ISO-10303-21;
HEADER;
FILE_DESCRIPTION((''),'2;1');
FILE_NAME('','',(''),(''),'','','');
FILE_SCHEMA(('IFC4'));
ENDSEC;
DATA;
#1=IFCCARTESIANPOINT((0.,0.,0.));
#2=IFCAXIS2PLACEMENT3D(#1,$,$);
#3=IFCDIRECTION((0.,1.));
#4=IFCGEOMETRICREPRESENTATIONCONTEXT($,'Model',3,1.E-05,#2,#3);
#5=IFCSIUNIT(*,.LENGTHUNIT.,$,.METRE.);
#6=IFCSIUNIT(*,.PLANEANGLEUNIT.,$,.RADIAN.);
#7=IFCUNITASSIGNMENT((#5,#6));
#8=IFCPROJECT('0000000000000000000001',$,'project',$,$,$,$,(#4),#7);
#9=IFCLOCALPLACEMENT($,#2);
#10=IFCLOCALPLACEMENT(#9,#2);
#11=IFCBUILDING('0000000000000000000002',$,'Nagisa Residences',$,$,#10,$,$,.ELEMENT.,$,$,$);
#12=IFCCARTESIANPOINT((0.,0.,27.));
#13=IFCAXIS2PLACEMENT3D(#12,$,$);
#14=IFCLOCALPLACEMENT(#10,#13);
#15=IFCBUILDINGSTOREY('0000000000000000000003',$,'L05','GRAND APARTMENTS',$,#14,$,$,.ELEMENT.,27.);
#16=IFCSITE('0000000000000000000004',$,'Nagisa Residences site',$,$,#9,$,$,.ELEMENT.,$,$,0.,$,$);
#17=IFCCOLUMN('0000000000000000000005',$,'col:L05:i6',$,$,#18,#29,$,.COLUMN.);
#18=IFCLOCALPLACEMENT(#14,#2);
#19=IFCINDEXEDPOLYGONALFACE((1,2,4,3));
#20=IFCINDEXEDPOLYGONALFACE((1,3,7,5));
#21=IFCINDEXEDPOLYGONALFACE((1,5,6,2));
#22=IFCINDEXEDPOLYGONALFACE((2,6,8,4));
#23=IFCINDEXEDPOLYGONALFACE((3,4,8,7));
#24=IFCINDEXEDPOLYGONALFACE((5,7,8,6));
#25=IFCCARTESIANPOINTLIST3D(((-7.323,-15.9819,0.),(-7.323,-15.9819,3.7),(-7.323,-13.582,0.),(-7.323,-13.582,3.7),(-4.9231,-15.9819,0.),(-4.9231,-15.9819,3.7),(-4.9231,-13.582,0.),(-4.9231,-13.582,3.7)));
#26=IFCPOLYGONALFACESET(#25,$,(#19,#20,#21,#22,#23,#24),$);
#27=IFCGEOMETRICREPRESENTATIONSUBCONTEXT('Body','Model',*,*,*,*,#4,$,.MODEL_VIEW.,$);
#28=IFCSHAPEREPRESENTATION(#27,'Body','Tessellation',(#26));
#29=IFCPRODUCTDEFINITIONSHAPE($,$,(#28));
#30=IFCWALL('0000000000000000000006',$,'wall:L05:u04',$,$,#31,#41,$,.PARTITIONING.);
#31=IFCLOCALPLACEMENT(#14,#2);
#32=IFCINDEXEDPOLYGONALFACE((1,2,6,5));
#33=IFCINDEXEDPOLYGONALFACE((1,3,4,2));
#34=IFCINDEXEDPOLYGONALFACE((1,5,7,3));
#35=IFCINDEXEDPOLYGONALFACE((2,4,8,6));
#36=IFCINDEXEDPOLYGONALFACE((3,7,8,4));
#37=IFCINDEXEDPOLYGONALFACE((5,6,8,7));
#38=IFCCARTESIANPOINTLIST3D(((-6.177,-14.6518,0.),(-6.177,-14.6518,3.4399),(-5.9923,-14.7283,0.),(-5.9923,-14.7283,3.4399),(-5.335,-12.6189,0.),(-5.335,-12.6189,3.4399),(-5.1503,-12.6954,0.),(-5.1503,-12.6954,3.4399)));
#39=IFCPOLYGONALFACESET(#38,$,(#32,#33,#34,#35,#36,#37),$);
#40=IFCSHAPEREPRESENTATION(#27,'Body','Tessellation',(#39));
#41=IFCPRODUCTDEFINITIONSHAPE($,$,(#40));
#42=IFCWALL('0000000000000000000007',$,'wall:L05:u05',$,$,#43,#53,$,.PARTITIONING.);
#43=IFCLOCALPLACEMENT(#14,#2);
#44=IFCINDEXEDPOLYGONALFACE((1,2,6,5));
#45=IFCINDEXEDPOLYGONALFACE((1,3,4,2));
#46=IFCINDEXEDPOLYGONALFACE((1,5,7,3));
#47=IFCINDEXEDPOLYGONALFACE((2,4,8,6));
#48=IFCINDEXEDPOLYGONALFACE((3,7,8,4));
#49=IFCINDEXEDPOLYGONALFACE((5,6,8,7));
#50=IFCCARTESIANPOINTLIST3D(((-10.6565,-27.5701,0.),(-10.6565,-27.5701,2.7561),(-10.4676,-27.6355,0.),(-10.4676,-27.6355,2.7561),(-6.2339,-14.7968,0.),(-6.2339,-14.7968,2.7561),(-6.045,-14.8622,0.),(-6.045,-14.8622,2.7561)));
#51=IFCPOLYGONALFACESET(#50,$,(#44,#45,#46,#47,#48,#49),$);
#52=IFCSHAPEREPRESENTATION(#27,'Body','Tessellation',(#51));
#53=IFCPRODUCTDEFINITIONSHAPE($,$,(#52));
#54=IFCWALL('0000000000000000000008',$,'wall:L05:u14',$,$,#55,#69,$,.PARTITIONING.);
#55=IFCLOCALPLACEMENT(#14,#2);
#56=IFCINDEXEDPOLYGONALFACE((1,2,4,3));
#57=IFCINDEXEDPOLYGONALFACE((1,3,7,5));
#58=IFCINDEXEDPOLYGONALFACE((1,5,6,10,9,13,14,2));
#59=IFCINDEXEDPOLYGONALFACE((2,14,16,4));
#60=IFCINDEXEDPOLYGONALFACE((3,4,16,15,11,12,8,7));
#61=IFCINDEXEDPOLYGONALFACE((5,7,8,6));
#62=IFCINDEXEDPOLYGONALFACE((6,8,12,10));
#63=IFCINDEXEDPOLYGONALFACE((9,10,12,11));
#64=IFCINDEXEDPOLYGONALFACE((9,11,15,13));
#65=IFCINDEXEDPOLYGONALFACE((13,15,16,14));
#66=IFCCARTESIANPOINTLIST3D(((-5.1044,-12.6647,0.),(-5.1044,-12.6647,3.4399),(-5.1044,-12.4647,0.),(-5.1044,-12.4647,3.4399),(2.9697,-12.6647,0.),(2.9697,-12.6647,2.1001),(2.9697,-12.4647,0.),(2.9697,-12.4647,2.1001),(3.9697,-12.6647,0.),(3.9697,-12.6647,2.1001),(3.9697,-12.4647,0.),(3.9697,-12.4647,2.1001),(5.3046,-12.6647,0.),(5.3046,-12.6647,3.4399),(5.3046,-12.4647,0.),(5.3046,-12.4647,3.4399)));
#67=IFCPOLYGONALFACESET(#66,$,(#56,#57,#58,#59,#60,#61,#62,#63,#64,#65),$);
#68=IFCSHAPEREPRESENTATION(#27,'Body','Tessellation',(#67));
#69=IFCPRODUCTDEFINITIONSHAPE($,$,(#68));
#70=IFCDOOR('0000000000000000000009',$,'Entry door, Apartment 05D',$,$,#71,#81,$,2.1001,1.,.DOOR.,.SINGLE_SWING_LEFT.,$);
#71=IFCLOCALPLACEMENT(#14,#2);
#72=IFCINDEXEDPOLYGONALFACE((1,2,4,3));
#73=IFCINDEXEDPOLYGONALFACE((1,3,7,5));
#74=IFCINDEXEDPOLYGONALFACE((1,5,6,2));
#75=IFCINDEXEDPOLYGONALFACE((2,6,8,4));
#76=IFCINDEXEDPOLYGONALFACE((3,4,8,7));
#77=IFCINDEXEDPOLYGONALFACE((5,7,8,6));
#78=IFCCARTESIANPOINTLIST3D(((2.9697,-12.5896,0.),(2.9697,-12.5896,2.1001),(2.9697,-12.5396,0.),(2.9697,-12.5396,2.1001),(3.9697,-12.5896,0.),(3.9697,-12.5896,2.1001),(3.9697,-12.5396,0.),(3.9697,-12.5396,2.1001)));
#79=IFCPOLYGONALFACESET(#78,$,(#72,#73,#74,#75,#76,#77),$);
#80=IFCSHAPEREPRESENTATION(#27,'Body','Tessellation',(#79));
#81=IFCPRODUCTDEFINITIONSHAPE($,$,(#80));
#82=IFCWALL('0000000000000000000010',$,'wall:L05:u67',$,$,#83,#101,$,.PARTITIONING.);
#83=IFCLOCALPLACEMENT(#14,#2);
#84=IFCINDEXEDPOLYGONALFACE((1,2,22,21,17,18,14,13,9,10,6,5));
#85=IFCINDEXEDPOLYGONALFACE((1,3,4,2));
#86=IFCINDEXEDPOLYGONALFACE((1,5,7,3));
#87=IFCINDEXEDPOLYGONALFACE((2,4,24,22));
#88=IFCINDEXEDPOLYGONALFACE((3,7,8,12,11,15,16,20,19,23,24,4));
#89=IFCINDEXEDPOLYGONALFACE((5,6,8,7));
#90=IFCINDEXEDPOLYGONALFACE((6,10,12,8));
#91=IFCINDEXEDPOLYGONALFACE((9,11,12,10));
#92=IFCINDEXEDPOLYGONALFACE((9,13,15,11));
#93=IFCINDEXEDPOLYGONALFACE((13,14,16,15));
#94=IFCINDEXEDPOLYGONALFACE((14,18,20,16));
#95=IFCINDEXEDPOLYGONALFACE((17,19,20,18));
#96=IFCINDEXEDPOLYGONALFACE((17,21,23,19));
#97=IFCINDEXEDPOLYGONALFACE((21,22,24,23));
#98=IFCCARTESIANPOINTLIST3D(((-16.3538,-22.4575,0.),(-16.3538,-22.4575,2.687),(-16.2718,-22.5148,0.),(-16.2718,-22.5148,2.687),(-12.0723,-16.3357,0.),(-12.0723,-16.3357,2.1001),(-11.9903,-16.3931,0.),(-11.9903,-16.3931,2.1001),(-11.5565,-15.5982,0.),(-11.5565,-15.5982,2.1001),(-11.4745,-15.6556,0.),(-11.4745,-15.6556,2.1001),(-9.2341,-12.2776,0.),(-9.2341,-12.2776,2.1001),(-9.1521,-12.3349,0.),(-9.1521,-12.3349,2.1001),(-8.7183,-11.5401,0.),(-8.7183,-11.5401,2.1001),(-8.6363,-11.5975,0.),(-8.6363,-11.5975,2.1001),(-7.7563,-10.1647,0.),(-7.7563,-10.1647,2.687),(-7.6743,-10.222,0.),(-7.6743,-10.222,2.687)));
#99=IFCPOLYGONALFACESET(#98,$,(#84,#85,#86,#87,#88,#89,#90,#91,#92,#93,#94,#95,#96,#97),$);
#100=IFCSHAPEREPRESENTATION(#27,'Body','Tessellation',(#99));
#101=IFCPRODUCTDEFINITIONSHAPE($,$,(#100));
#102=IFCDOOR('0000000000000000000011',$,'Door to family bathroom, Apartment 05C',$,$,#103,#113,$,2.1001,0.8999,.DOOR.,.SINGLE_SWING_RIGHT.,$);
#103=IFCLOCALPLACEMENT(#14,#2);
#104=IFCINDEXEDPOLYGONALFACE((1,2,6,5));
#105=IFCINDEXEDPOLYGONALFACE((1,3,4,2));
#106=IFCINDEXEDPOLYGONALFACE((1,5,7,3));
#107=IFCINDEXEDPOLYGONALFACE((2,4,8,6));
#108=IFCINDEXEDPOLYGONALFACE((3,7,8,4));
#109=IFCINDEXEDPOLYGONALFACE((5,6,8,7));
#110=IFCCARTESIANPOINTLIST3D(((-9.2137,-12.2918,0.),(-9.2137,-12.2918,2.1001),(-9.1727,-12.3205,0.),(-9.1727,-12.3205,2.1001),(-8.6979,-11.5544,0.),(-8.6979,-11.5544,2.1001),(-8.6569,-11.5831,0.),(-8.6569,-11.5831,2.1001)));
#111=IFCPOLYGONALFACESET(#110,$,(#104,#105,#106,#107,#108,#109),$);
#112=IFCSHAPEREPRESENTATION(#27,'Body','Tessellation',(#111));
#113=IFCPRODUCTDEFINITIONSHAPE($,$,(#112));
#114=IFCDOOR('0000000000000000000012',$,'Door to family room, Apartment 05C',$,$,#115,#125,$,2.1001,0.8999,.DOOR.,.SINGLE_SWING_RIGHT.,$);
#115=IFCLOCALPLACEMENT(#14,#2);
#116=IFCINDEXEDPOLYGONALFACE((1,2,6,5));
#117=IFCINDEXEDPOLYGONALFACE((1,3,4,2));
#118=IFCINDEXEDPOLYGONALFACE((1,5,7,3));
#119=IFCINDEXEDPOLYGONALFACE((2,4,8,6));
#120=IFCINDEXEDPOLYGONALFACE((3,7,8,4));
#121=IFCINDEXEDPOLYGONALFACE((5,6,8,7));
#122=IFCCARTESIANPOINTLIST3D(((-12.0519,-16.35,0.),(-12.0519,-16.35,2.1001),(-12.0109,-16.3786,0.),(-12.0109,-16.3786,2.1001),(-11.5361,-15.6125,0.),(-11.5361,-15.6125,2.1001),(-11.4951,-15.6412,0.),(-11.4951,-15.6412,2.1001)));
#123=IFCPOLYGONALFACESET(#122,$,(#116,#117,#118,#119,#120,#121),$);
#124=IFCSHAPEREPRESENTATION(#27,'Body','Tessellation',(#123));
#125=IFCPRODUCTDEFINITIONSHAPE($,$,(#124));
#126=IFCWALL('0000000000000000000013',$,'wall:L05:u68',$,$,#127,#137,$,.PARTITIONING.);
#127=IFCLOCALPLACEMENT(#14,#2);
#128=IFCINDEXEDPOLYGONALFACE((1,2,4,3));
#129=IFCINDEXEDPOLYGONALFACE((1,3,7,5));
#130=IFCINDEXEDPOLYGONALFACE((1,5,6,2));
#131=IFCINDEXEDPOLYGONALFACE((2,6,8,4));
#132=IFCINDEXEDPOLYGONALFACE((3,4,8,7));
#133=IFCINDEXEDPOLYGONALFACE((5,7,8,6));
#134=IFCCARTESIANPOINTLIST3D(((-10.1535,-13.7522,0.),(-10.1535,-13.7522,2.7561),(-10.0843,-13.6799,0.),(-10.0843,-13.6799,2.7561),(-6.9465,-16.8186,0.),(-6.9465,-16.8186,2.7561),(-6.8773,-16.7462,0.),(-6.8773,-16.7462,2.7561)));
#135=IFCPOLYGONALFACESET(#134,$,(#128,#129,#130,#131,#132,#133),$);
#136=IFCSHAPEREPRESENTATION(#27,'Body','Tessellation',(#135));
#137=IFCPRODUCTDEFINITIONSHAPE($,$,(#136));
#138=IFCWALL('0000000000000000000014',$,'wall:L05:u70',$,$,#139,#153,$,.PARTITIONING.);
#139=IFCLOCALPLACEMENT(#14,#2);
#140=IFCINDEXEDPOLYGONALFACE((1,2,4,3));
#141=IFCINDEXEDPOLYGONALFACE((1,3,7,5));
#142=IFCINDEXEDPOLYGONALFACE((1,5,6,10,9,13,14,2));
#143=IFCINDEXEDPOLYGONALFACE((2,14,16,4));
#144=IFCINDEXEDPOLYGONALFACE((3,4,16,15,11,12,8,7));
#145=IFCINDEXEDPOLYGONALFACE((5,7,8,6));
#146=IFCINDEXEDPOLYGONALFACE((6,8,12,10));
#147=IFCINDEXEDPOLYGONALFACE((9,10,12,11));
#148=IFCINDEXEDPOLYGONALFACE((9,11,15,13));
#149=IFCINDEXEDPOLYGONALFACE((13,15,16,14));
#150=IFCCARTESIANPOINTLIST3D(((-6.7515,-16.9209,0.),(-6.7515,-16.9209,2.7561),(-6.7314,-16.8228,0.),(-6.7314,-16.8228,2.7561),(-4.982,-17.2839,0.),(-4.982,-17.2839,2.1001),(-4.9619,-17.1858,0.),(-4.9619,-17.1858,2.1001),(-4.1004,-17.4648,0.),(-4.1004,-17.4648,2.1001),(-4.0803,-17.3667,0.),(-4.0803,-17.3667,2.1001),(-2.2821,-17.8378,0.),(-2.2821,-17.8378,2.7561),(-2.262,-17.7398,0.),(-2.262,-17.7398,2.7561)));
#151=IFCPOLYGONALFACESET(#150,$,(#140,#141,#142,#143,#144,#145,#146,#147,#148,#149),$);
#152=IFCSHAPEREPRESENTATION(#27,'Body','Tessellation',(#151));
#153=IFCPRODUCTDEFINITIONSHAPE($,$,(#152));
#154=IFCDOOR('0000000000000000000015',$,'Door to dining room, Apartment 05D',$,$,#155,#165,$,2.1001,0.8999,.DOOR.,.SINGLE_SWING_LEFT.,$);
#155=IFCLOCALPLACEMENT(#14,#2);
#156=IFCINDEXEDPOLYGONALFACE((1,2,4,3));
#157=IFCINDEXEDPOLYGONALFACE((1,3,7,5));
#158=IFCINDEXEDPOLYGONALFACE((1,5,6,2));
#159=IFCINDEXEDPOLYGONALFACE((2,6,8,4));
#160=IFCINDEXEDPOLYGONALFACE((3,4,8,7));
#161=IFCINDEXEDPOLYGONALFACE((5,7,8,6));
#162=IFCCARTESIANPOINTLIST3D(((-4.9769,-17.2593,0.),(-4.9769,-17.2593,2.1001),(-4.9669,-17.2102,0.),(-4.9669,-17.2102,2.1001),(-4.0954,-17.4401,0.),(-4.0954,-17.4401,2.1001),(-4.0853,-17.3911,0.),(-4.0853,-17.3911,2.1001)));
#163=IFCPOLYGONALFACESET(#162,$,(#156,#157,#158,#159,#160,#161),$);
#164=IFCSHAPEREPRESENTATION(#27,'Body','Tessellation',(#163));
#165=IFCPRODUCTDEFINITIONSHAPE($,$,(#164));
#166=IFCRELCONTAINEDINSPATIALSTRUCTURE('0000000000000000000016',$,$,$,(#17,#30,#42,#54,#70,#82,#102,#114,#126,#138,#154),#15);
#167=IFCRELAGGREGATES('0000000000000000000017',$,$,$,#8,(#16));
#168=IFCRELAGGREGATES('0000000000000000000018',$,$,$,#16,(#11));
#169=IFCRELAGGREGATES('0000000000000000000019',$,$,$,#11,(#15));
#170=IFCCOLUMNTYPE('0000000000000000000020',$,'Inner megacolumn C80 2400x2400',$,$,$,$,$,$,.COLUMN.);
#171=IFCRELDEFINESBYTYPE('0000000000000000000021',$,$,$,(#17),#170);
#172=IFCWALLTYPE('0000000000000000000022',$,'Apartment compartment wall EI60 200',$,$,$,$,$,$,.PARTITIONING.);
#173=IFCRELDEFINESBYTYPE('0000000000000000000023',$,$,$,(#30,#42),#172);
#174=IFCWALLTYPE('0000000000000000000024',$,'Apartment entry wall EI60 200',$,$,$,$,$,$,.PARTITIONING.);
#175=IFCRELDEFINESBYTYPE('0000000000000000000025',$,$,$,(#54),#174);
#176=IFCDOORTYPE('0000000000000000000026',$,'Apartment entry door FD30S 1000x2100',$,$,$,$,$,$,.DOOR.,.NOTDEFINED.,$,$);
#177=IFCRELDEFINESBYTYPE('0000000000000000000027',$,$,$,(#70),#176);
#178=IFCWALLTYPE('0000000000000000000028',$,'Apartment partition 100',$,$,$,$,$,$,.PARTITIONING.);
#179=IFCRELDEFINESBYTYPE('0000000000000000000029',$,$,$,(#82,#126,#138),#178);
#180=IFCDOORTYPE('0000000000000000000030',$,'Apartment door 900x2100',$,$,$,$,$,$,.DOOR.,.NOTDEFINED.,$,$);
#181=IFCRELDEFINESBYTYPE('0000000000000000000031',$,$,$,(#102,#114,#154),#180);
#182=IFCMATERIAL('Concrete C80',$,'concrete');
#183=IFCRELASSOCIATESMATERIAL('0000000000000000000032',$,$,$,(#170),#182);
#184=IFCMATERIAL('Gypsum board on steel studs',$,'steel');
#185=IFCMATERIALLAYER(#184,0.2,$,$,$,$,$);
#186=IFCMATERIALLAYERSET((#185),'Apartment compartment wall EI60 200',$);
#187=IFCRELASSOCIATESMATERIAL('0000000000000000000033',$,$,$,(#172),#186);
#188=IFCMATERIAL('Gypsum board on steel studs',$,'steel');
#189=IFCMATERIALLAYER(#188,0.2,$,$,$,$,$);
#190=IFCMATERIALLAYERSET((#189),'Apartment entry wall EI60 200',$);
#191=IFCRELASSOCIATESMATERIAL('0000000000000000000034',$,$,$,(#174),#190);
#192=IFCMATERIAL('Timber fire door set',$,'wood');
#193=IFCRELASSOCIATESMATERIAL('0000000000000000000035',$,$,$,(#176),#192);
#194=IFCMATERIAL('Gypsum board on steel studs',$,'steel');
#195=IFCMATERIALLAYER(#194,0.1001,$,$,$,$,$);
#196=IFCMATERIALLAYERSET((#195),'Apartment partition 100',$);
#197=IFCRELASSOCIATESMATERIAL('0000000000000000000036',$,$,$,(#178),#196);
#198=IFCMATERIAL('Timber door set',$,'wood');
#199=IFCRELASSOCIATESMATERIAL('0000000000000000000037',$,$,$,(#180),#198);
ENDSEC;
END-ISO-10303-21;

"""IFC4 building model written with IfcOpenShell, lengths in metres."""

from ifc_helpers import new_model, si_unit, direction, frame, frame_2d, origin, origin_2d, place, context, subcontext, project, spatial, rectangle, extrude, material, layer, layer_set, material_profile, profile_set, type_object, element, fill, save


model = new_model("IFC4")

# Units and contexts
model_context = context("Model", 3, precision=1e-05, world=origin(), true_north=direction((0.0, 1.0)))
body_context = subcontext(model_context, "Body", "Model", "MODEL_VIEW")
ifc_project = project(units=[si_unit("LENGTHUNIT", "METRE"), si_unit("PLANEANGLEUNIT", "RADIAN")], contexts=[model_context])

# Site, building, storey
site_placement = place(None, origin())
site = spatial("IfcSite", under=ifc_project, at=site_placement, Name="Nagisa Residences site", CompositionType="ELEMENT", RefElevation=0.0)
building_placement = place(site_placement, origin())
building = spatial("IfcBuilding", under=site, at=building_placement, Name="Nagisa Residences", CompositionType="ELEMENT")
storey_placement = place(building_placement, frame((0.0, 0.0, 27.0)))
storey = spatial("IfcBuildingStorey", under=building, at=storey_placement, Name="L05", Description="GRAND APARTMENTS", CompositionType="ELEMENT", Elevation=27.0)

# Column
ifc_material_1 = material(Name="Concrete C80", Category="concrete")
ifc_material_profile = material_profile(ifc_material_1, rectangle(XDim=2.3999, YDim=2.3999, at=origin_2d()), Name="C80 2400x2400")
ifc_profile_set = profile_set([ifc_material_profile], Name="Concrete C80")
column_type = type_object("IfcColumnType", Name="Inner megacolumn C80 2400x2400", PredefinedType="COLUMN", material=ifc_profile_set)
column_placement = place(storey_placement, frame((-6.123, -14.782, 0.0), z_axis=(0.0, 0.0, 1.0), x_axis=(1.0, 0.0, 0.0)))
element("IfcColumn", 1, at=column_placement, inside=storey, type_object=column_type, Name="col:L05:i6", PredefinedType="COLUMN", context=body_context, shape_type="SweptSolid", body=[
    extrude(rectangle(XDim=2.3999, YDim=2.3999, at=origin_2d()), origin(), (0.0, 0.0, 1.0), 3.7),
])

# Walls
ifc_material_2 = material(Name="Gypsum board on steel studs", Category="steel")
ifc_layer_1 = layer(ifc_material_2, 0.2)
ifc_layer_set_1 = layer_set([ifc_layer_1], Name="Apartment compartment wall EI60 200")
wall_type_1 = type_object("IfcWallType", Name="Apartment compartment wall EI60 200", PredefinedType="PARTITIONING", material=ifc_layer_set_1)
wall_1_placement = place(storey_placement, frame((-5.2427, -12.6572, 0.0), z_axis=(0.0, 0.0, 1.0), x_axis=(-0.382669, -0.923886, 0.0)))
element("IfcWall", 2, at=wall_1_placement, inside=storey, type_object=wall_type_1, Name="wall:L05:u04", PredefinedType="PARTITIONING", context=body_context, shape_type="SweptSolid", body=[
    extrude(rectangle(XDim=2.2004, YDim=0.2, at=frame_2d((1.1001, 0.0))), origin(), (0.0, 0.0, 1.0), 3.4399),
])
wall_2_placement = place(storey_placement, frame((-6.1394, -14.8293, 0.0), z_axis=(0.0, 0.0, 1.0), x_axis=(-0.327179, -0.944962, 0.0)))
element("IfcWall", 3, at=wall_2_placement, inside=storey, type_object=wall_type_1, Name="wall:L05:u05", PredefinedType="PARTITIONING", context=body_context, shape_type="SweptSolid", body=[
    extrude(rectangle(XDim=13.5173, YDim=0.2, at=frame_2d((6.7588, 0.0))), origin(), (0.0, 0.0, 1.0), 2.7561),
])

# Wall, opening, door
ifc_material_3 = material(Name="Gypsum board on steel studs", Category="steel")
ifc_layer_2 = layer(ifc_material_3, 0.2)
ifc_layer_set_2 = layer_set([ifc_layer_2], Name="Apartment entry wall EI60 200")
wall_type_2 = type_object("IfcWallType", Name="Apartment entry wall EI60 200", PredefinedType="PARTITIONING", material=ifc_layer_set_2)
wall_3_placement = place(storey_placement, frame((-5.1045, -12.5647, 0.0), z_axis=(0.0, 0.0, 1.0), x_axis=(1.0, 0.0, 0.0)))
wall_3 = element("IfcWall", 4, at=wall_3_placement, inside=storey, type_object=wall_type_2, Name="wall:L05:u14", PredefinedType="PARTITIONING", context=body_context, shape_type="SweptSolid", body=[
    extrude(rectangle(XDim=10.4089, YDim=0.2, at=frame_2d((5.2046, 0.0))), origin(), (0.0, 0.0, 1.0), 3.4399),
])
opening_1_placement = place(wall_3_placement, frame((8.0742, 0.0, 0.0)))
opening_1 = element("IfcOpeningElement", 5, at=opening_1_placement, cuts=wall_3, PredefinedType="OPENING", context=body_context, shape_type="SweptSolid", body=[
    extrude(rectangle(XDim=1.0, YDim=2.1001, at=frame_2d((0.5, 1.05))), frame((0.0, 0.1099, 0.0), z_axis=(0.0, -1.0, 0.0), x_axis=(1.0, 0.0, 0.0)), (0.0, 0.0, 1.0), 0.22),
])
ifc_material_4 = material(Name="Timber fire door set", Category="wood")
door_type_1 = type_object("IfcDoorType", Name="Apartment entry door FD30S 1000x2100", OperationType="NOTDEFINED", PredefinedType="DOOR", material=ifc_material_4)
door_1_placement = place(opening_1_placement, frame((1.0, 0.0, 0.0), x_axis=(-1.0, 0.0, 0.0)))
door_1 = element("IfcDoor", 6, at=door_1_placement, inside=storey, type_object=door_type_1, Name="Entry door, Apartment 05D", OperationType="SINGLE_SWING_LEFT", OverallHeight=2.1001, OverallWidth=1.0, PredefinedType="DOOR", context=body_context, shape_type="SweptSolid", body=[
    extrude(rectangle(XDim=1.0, YDim=2.1001, at=frame_2d((0.5, 1.05))), frame((0.0, 0.0249, 0.0), z_axis=(0.0, -1.0, 0.0), x_axis=(1.0, 0.0, 0.0)), (0.0, 0.0, 1.0), 0.05),
])
fill(opening_1, door_1)

# Wall, openings, doors
ifc_material_5 = material(Name="Gypsum board on steel studs", Category="steel")
ifc_layer_3 = layer(ifc_material_5, 0.1001)
ifc_layer_set_3 = layer_set([ifc_layer_3], Name="Apartment partition 100")
wall_type_3 = type_object("IfcWallType", Name="Apartment partition 100", PredefinedType="PARTITIONING", material=ifc_layer_set_3)
wall_4_placement = place(storey_placement, frame((-7.7153, -10.1934, 0.0), z_axis=(0.0, 0.0, 1.0), x_axis=(-0.573127, -0.819467, 0.0)))
wall_4 = element("IfcWall", 7, at=wall_4_placement, inside=storey, type_object=wall_type_3, Name="wall:L05:u67", PredefinedType="PARTITIONING", context=body_context, shape_type="SweptSolid", body=[
    extrude(rectangle(XDim=15.001, YDim=0.1001, at=frame_2d((7.5005, 0.0))), origin(), (0.0, 0.0, 1.0), 2.687),
])
opening_2_placement = place(wall_4_placement, frame((1.6785, 0.0, 0.0)))
opening_2 = element("IfcOpeningElement", 8, at=opening_2_placement, cuts=wall_4, PredefinedType="OPENING", context=body_context, shape_type="SweptSolid", body=[
    extrude(rectangle(XDim=0.8999, YDim=2.1001, at=frame_2d((0.45, 1.05))), frame((0.0, 0.0601, 0.0), z_axis=(0.0, -1.0, 0.0), x_axis=(1.0, 0.0, 0.0)), (0.0, 0.0, 1.0), 0.1201),
])
opening_3_placement = place(wall_4_placement, frame((6.6306, 0.0, 0.0)))
opening_3 = element("IfcOpeningElement", 9, at=opening_3_placement, cuts=wall_4, PredefinedType="OPENING", context=body_context, shape_type="SweptSolid", body=[
    extrude(rectangle(XDim=0.8999, YDim=2.1001, at=frame_2d((0.45, 1.05))), frame((0.0, 0.0601, 0.0), z_axis=(0.0, -1.0, 0.0), x_axis=(1.0, 0.0, 0.0)), (0.0, 0.0, 1.0), 0.1201),
])
ifc_material_6 = material(Name="Timber door set", Category="wood")
door_type_2 = type_object("IfcDoorType", Name="Apartment door 900x2100", OperationType="NOTDEFINED", PredefinedType="DOOR", material=ifc_material_6)
door_2_placement = place(opening_2_placement, origin())
door_2 = element("IfcDoor", 10, at=door_2_placement, inside=storey, type_object=door_type_2, Name="Door to family bathroom, Apartment 05C", OperationType="SINGLE_SWING_RIGHT", OverallHeight=2.1001, OverallWidth=0.8999, PredefinedType="DOOR", context=body_context, shape_type="SweptSolid", body=[
    extrude(rectangle(XDim=0.8999, YDim=2.1001, at=frame_2d((0.45, 1.05))), frame((0.0, 0.0249, 0.0), z_axis=(0.0, -1.0, 0.0), x_axis=(1.0, 0.0, 0.0)), (0.0, 0.0, 1.0), 0.05),
])
fill(opening_2, door_2)
door_3_placement = place(opening_3_placement, origin())
door_3 = element("IfcDoor", 11, at=door_3_placement, inside=storey, type_object=door_type_2, Name="Door to family room, Apartment 05C", OperationType="SINGLE_SWING_RIGHT", OverallHeight=2.1001, OverallWidth=0.8999, PredefinedType="DOOR", context=body_context, shape_type="SweptSolid", body=[
    extrude(rectangle(XDim=0.8999, YDim=2.1001, at=frame_2d((0.45, 1.05))), frame((0.0, 0.0249, 0.0), z_axis=(0.0, -1.0, 0.0), x_axis=(1.0, 0.0, 0.0)), (0.0, 0.0, 1.0), 0.05),
])
fill(opening_3, door_3)

# Wall
wall_5_placement = place(storey_placement, frame((-10.1189, -13.7161, 0.0), z_axis=(0.0, 0.0, 1.0), x_axis=(0.722776, -0.691083, 0.0)))
element("IfcWall", 12, at=wall_5_placement, inside=storey, type_object=wall_type_3, Name="wall:L05:u68", PredefinedType="PARTITIONING", context=body_context, shape_type="SweptSolid", body=[
    extrude(rectangle(XDim=4.437, YDim=0.1001, at=frame_2d((2.2185, 0.0))), origin(), (0.0, 0.0, 1.0), 2.7561),
])

# Wall, opening, door
wall_6_placement = place(storey_placement, frame((-6.7415, -16.8718, 0.0), z_axis=(0.0, 0.0, 1.0), x_axis=(0.979595, -0.200981, 0.0)))
wall_6 = element("IfcWall", 13, at=wall_6_placement, inside=storey, type_object=wall_type_3, Name="wall:L05:u70", PredefinedType="PARTITIONING", context=body_context, shape_type="SweptSolid", body=[
    extrude(rectangle(XDim=4.5625, YDim=0.1001, at=frame_2d((2.2812, 0.0))), origin(), (0.0, 0.0, 1.0), 2.7561),
])
opening_4_placement = place(wall_6_placement, frame((1.8064, 0.0, 0.0)))
opening_4 = element("IfcOpeningElement", 14, at=opening_4_placement, cuts=wall_6, PredefinedType="OPENING", context=body_context, shape_type="SweptSolid", body=[
    extrude(rectangle(XDim=0.8999, YDim=2.1001, at=frame_2d((0.45, 1.05))), frame((0.0, 0.0601, 0.0), z_axis=(0.0, -1.0, 0.0), x_axis=(1.0, 0.0, 0.0)), (0.0, 0.0, 1.0), 0.1201),
])
door_4_placement = place(opening_4_placement, frame((0.8999, 0.0, 0.0), x_axis=(-1.0, 0.0, 0.0)))
door_4 = element("IfcDoor", 15, at=door_4_placement, inside=storey, type_object=door_type_2, Name="Door to dining room, Apartment 05D", OperationType="SINGLE_SWING_LEFT", OverallHeight=2.1001, OverallWidth=0.8999, PredefinedType="DOOR", context=body_context, shape_type="SweptSolid", body=[
    extrude(rectangle(XDim=0.8999, YDim=2.1001, at=frame_2d((0.45, 1.05))), frame((0.0, 0.0249, 0.0), z_axis=(0.0, -1.0, 0.0), x_axis=(1.0, 0.0, 0.0)), (0.0, 0.0, 1.0), 0.05),
])
fill(opening_4, door_4)

save(model, "model.ifc")
